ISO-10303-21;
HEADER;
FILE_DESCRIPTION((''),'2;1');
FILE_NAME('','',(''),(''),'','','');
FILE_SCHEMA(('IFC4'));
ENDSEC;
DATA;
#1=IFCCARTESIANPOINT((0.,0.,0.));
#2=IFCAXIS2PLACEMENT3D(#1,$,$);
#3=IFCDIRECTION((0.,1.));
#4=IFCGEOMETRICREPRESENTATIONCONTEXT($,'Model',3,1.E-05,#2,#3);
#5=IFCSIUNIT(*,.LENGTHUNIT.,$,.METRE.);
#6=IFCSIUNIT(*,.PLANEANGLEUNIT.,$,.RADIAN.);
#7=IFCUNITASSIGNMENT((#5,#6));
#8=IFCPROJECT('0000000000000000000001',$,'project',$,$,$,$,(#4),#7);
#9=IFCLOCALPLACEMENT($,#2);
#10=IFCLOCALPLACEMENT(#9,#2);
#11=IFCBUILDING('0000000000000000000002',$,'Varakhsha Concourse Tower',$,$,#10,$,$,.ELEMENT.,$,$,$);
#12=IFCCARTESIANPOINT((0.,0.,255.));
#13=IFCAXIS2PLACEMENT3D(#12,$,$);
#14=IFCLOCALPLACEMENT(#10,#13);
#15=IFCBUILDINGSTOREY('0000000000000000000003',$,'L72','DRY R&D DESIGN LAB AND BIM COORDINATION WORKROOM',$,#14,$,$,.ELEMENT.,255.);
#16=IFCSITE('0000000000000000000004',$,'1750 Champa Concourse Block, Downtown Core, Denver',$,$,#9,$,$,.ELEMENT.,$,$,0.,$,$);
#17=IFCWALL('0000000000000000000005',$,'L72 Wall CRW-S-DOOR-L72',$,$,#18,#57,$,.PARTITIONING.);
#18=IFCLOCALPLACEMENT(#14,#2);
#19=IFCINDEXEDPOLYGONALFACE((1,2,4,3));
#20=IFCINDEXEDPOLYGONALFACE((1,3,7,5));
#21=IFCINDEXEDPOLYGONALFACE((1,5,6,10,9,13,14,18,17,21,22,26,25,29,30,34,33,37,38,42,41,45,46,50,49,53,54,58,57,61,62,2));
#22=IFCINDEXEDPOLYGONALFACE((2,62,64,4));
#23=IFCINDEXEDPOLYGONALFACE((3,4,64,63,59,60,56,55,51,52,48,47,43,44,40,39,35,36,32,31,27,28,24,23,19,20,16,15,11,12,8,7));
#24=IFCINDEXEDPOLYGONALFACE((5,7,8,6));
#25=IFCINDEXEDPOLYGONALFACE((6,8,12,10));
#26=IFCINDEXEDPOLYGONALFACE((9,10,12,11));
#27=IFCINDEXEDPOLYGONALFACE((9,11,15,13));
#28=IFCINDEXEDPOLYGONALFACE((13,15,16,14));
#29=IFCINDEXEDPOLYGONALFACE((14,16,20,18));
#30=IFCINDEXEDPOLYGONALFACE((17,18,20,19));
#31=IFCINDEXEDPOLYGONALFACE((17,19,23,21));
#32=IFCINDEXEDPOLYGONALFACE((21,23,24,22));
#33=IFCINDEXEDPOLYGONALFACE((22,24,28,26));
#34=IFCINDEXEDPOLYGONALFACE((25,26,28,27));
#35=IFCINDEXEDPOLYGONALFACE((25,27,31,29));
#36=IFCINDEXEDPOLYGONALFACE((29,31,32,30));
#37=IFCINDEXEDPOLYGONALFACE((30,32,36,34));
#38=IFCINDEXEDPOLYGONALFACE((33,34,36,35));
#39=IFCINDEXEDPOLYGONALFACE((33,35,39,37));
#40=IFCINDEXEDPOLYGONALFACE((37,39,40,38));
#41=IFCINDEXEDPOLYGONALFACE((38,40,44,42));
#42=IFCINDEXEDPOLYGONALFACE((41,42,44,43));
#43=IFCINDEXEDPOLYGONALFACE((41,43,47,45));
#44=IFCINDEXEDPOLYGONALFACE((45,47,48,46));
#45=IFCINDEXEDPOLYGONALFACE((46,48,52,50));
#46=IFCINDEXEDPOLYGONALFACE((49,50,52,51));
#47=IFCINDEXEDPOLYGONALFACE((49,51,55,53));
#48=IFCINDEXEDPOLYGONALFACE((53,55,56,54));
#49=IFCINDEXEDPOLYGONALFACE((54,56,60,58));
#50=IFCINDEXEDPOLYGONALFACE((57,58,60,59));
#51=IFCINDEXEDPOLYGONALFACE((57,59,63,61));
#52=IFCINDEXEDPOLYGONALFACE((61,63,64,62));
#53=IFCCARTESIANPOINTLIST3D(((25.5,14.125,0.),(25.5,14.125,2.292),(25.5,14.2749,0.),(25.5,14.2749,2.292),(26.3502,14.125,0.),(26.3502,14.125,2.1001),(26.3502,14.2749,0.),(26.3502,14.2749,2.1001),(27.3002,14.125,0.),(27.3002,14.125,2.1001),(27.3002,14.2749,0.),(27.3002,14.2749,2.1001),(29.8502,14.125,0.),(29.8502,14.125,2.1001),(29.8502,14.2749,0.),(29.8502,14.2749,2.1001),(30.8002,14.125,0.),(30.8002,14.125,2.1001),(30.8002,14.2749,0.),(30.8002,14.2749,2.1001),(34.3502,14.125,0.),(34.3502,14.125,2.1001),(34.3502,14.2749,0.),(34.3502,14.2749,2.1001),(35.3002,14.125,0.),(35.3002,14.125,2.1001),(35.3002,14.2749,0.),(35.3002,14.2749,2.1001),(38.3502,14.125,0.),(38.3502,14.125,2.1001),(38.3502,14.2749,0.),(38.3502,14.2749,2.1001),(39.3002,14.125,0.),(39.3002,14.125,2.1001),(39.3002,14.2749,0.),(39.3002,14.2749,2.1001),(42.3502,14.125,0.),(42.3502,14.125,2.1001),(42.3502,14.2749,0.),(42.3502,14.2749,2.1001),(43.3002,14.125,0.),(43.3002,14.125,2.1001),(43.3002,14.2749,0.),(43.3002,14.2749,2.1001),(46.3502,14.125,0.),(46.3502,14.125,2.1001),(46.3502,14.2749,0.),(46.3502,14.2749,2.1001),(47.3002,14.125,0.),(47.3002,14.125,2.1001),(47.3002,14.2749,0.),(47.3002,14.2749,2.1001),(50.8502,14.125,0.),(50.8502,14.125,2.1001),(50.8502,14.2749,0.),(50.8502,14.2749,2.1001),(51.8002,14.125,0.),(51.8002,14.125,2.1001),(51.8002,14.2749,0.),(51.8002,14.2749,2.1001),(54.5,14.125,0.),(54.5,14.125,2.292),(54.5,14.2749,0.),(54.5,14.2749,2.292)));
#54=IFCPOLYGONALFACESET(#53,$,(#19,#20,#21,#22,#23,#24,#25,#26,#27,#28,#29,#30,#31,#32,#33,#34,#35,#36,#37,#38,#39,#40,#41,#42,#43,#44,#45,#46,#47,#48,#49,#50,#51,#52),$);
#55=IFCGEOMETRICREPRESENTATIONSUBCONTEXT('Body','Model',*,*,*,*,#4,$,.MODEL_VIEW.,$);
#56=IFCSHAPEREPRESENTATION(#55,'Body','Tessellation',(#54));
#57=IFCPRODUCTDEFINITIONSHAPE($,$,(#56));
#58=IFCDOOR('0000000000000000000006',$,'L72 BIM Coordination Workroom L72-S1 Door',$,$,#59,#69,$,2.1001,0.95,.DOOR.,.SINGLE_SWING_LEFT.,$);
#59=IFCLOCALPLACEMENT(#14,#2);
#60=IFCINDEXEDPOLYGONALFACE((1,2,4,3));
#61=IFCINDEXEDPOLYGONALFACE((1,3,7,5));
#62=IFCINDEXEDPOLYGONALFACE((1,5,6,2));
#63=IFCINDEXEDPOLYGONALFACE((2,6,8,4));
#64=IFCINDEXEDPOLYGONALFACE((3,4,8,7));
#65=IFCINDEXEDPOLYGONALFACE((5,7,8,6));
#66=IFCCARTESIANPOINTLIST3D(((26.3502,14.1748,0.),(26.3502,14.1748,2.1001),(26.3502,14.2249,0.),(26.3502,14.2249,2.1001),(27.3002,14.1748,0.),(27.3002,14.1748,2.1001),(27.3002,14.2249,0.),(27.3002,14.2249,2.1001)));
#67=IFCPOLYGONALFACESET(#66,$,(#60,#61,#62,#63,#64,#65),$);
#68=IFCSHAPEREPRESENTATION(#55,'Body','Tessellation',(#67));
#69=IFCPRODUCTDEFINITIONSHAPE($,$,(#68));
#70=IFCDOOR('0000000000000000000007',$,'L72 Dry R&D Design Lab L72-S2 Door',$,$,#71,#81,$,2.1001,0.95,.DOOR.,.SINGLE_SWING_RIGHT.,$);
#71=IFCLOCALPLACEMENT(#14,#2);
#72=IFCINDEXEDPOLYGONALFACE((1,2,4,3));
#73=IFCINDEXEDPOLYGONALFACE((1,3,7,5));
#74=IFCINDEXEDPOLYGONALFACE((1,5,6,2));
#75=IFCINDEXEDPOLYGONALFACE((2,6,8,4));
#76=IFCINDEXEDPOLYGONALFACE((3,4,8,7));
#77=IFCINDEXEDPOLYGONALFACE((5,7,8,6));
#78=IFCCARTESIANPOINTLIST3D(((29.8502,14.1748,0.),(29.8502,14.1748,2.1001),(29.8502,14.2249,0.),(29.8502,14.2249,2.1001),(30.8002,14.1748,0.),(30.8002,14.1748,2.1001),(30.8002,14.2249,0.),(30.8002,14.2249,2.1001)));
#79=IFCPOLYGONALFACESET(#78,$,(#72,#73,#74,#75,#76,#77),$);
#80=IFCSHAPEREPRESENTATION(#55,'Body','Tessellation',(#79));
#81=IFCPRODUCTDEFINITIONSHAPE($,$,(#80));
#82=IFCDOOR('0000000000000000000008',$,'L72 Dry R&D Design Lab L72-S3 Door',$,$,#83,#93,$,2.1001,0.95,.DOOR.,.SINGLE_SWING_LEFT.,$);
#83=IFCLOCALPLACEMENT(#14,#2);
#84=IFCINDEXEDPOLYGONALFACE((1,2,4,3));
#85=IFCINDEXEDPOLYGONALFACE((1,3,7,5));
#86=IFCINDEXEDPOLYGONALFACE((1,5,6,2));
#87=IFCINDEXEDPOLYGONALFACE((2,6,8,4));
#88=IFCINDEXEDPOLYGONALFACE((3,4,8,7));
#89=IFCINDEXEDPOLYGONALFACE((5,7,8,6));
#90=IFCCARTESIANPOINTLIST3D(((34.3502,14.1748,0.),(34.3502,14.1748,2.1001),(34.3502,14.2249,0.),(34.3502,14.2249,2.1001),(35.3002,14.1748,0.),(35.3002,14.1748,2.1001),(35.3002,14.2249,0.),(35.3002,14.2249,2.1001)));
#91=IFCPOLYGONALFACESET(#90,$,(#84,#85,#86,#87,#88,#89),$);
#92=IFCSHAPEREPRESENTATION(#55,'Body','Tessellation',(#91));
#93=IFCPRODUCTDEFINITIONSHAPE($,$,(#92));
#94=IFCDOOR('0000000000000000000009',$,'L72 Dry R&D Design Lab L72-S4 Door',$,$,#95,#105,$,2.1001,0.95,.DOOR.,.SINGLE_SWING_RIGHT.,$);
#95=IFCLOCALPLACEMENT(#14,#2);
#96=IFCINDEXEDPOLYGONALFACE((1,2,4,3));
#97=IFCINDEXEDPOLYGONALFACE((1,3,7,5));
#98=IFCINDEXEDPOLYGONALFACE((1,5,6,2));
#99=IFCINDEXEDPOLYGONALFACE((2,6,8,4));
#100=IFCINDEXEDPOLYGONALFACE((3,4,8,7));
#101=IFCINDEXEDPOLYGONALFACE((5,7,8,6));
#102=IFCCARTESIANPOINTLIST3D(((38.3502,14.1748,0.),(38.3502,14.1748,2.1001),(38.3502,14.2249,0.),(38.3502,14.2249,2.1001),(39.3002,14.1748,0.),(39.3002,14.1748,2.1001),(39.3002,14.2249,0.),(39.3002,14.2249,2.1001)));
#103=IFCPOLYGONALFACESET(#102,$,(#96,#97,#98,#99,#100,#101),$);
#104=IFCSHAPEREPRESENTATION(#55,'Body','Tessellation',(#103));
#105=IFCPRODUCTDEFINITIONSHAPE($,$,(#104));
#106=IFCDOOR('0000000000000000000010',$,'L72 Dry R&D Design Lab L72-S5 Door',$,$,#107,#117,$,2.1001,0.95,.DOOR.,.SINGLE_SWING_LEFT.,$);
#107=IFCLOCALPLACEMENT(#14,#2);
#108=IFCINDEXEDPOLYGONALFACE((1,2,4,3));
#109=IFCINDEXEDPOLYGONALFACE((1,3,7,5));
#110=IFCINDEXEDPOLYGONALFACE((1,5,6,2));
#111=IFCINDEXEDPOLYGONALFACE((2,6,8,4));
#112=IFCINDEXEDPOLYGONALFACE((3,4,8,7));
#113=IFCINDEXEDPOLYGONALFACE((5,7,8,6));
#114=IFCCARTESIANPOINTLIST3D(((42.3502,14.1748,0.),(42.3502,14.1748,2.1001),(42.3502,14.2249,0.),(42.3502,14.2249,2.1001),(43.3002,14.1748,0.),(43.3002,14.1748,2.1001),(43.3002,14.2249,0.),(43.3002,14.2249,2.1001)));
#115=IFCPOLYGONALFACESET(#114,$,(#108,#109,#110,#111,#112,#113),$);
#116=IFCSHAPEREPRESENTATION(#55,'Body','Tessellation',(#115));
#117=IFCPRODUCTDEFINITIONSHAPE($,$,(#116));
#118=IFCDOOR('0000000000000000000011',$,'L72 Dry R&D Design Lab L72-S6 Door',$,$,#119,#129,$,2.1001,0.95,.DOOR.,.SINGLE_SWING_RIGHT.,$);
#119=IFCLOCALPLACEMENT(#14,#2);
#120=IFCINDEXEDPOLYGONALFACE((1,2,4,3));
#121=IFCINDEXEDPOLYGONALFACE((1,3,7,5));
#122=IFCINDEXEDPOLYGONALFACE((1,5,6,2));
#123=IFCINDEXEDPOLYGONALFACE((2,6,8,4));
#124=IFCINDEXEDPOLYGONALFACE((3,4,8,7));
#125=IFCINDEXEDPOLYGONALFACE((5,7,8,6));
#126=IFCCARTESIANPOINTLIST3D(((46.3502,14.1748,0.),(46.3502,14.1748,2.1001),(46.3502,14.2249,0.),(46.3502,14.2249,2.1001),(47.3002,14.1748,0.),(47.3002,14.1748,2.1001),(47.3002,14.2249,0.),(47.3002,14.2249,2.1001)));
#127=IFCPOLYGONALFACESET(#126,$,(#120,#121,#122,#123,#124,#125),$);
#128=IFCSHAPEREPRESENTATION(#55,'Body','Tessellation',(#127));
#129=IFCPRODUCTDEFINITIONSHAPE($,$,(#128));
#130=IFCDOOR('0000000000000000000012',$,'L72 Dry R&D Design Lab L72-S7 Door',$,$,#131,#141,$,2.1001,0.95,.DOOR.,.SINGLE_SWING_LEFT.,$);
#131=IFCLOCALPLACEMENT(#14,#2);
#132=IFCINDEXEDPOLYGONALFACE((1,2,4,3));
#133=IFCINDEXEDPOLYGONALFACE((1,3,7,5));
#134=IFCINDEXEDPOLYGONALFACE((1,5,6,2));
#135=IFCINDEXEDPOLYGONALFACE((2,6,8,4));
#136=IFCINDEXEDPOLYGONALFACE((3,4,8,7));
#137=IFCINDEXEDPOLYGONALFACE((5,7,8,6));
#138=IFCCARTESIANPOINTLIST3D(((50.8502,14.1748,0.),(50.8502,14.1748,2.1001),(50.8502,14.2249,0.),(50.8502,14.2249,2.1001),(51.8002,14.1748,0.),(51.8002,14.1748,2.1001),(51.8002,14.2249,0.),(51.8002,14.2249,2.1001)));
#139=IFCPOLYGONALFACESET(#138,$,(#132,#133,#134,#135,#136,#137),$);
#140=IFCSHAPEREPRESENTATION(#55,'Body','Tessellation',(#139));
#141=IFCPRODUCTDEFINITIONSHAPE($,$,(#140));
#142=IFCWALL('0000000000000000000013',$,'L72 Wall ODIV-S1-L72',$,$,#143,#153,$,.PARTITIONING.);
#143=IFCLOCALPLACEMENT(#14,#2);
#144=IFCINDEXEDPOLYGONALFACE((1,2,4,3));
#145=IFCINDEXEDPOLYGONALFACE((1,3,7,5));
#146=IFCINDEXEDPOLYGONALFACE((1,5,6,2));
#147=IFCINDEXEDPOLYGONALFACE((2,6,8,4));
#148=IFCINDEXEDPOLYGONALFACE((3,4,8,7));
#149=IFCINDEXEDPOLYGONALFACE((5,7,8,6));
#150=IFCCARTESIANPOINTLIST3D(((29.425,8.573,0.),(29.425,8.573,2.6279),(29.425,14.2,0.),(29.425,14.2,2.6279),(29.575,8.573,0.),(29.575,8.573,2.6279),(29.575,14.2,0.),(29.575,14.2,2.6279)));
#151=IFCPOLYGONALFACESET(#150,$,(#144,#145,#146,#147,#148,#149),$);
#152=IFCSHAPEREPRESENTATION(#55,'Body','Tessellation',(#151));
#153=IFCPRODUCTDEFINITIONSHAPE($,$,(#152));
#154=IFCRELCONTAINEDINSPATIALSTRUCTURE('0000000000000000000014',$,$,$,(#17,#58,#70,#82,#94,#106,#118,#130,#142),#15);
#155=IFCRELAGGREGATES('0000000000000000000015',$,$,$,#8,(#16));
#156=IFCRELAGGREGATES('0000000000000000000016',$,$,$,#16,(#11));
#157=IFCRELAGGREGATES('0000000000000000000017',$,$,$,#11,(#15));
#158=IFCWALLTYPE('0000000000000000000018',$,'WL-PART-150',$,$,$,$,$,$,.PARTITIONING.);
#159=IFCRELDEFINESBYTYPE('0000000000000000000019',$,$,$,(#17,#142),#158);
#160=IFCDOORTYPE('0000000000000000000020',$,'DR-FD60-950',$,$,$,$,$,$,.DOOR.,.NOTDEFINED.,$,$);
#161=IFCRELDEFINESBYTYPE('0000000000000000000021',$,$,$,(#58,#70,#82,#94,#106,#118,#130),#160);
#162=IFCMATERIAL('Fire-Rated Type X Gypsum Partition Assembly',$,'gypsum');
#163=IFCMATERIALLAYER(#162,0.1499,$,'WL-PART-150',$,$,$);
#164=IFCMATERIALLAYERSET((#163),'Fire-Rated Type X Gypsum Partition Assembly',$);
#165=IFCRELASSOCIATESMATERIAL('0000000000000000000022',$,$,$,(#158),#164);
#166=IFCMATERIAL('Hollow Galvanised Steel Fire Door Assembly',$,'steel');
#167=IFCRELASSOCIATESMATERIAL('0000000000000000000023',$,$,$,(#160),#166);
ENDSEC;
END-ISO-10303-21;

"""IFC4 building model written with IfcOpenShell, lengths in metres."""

from ifc_helpers import new_model, si_unit, direction, frame, frame_2d, origin, place, context, subcontext, project, spatial, rectangle, extrude, material, layer, layer_set, type_object, element, fill, save


model = new_model("IFC4")

# Units and contexts
model_context = context("Model", 3, precision=1e-05, world=origin(), true_north=direction((0.0, 1.0)))
body_context = subcontext(model_context, "Body", "Model", "MODEL_VIEW")
ifc_project = project(units=[si_unit("LENGTHUNIT", "METRE"), si_unit("PLANEANGLEUNIT", "RADIAN")], contexts=[model_context])

# Site, building, storey
site_placement = place(None, origin())
site = spatial("IfcSite", under=ifc_project, at=site_placement, Name="1750 Champa Concourse Block, Downtown Core, Denver", CompositionType="ELEMENT", RefElevation=0.0)
building_placement = place(site_placement, origin())
building = spatial("IfcBuilding", under=site, at=building_placement, Name="Varakhsha Concourse Tower", CompositionType="ELEMENT")
storey_placement = place(building_placement, frame((0.0, 0.0, 255.0)))
storey = spatial("IfcBuildingStorey", under=building, at=storey_placement, Name="L72", Description="DRY R&D DESIGN LAB AND BIM COORDINATION WORKROOM", CompositionType="ELEMENT", Elevation=255.0)

# Wall, openings, doors
ifc_material_1 = material(Name="Fire-Rated Type X Gypsum Partition Assembly", Category="gypsum")
ifc_layer_1 = layer(ifc_material_1, 0.1499, Name="WL-PART-150")
ifc_layer_set_1 = layer_set([ifc_layer_1], Name="Fire-Rated Type X Gypsum Partition Assembly")
wall_type = type_object("IfcWallType", Name="WL-PART-150", PredefinedType="PARTITIONING", material=ifc_layer_set_1)
ifc_material_2 = material(Name="Hollow Galvanised Steel Fire Door Assembly", Category="steel")
door_type = type_object("IfcDoorType", Name="DR-FD60-950", OperationType="NOTDEFINED", PredefinedType="DOOR", material=ifc_material_2)
wall_1_placement = place(storey_placement, frame((25.5, 14.2, 0.0), z_axis=(0.0, 0.0, 1.0), x_axis=(1.0, 0.0, 0.0)))
wall_1 = element("IfcWall", 1, at=wall_1_placement, inside=storey, type_object=wall_type, Name="L72 Wall CRW-S-DOOR-L72", PredefinedType="PARTITIONING", context=body_context, shape_type="SweptSolid", body=[
    extrude(rectangle(XDim=29.0, YDim=0.1499, at=frame_2d((14.5, 0.0))), origin(), (0.0, 0.0, 1.0), 2.292),
])
opening_1_placement = place(wall_1_placement, frame((0.8501, 0.0, 0.0)))
opening_1 = element("IfcOpeningElement", 2, at=opening_1_placement, cuts=wall_1, PredefinedType="OPENING", context=body_context, shape_type="SweptSolid", body=[
    extrude(rectangle(XDim=0.95, YDim=2.1001, at=frame_2d((0.4751, 1.05))), frame((0.0, 0.085, 0.0), z_axis=(0.0, -1.0, 0.0), x_axis=(1.0, 0.0, 0.0)), (0.0, 0.0, 1.0), 0.1699),
])
opening_2_placement = place(wall_1_placement, frame((4.3501, 0.0, 0.0)))
opening_2 = element("IfcOpeningElement", 3, at=opening_2_placement, cuts=wall_1, PredefinedType="OPENING", context=body_context, shape_type="SweptSolid", body=[
    extrude(rectangle(XDim=0.95, YDim=2.1001, at=frame_2d((0.4751, 1.05))), frame((0.0, 0.085, 0.0), z_axis=(0.0, -1.0, 0.0), x_axis=(1.0, 0.0, 0.0)), (0.0, 0.0, 1.0), 0.1699),
])
opening_3_placement = place(wall_1_placement, frame((8.8501, 0.0, 0.0)))
opening_3 = element("IfcOpeningElement", 4, at=opening_3_placement, cuts=wall_1, PredefinedType="OPENING", context=body_context, shape_type="SweptSolid", body=[
    extrude(rectangle(XDim=0.95, YDim=2.1001, at=frame_2d((0.4751, 1.05))), frame((0.0, 0.085, 0.0), z_axis=(0.0, -1.0, 0.0), x_axis=(1.0, 0.0, 0.0)), (0.0, 0.0, 1.0), 0.1699),
])
opening_4_placement = place(wall_1_placement, frame((12.8501, 0.0, 0.0)))
opening_4 = element("IfcOpeningElement", 5, at=opening_4_placement, cuts=wall_1, PredefinedType="OPENING", context=body_context, shape_type="SweptSolid", body=[
    extrude(rectangle(XDim=0.95, YDim=2.1001, at=frame_2d((0.4751, 1.05))), frame((0.0, 0.085, 0.0), z_axis=(0.0, -1.0, 0.0), x_axis=(1.0, 0.0, 0.0)), (0.0, 0.0, 1.0), 0.1699),
])
opening_5_placement = place(wall_1_placement, frame((16.8501, 0.0, 0.0)))
opening_5 = element("IfcOpeningElement", 6, at=opening_5_placement, cuts=wall_1, PredefinedType="OPENING", context=body_context, shape_type="SweptSolid", body=[
    extrude(rectangle(XDim=0.95, YDim=2.1001, at=frame_2d((0.4751, 1.05))), frame((0.0, 0.085, 0.0), z_axis=(0.0, -1.0, 0.0), x_axis=(1.0, 0.0, 0.0)), (0.0, 0.0, 1.0), 0.1699),
])
opening_6_placement = place(wall_1_placement, frame((20.8501, 0.0, 0.0)))
opening_6 = element("IfcOpeningElement", 7, at=opening_6_placement, cuts=wall_1, PredefinedType="OPENING", context=body_context, shape_type="SweptSolid", body=[
    extrude(rectangle(XDim=0.95, YDim=2.1001, at=frame_2d((0.4751, 1.05))), frame((0.0, 0.085, 0.0), z_axis=(0.0, -1.0, 0.0), x_axis=(1.0, 0.0, 0.0)), (0.0, 0.0, 1.0), 0.1699),
])
opening_7_placement = place(wall_1_placement, frame((25.3501, 0.0, 0.0)))
opening_7 = element("IfcOpeningElement", 8, at=opening_7_placement, cuts=wall_1, PredefinedType="OPENING", context=body_context, shape_type="SweptSolid", body=[
    extrude(rectangle(XDim=0.95, YDim=2.1001, at=frame_2d((0.4751, 1.05))), frame((0.0, 0.085, 0.0), z_axis=(0.0, -1.0, 0.0), x_axis=(1.0, 0.0, 0.0)), (0.0, 0.0, 1.0), 0.1699),
])
door_1_placement = place(opening_1_placement, origin())
door_1 = element("IfcDoor", 9, at=door_1_placement, inside=storey, type_object=door_type, Name="L72 BIM Coordination Workroom L72-S1 Door", OperationType="SINGLE_SWING_LEFT", OverallHeight=2.1001, OverallWidth=0.95, PredefinedType="DOOR", context=body_context, shape_type="SweptSolid", body=[
    extrude(rectangle(XDim=0.95, YDim=2.1001, at=frame_2d((0.4751, 1.05))), frame((0.0, 0.0249, 0.0), z_axis=(0.0, -1.0, 0.0), x_axis=(1.0, 0.0, 0.0)), (0.0, 0.0, 1.0), 0.05),
])
fill(opening_1, door_1)
door_2_placement = place(opening_2_placement, origin())
door_2 = element("IfcDoor", 10, at=door_2_placement, inside=storey, type_object=door_type, Name="L72 Dry R&D Design Lab L72-S2 Door", OperationType="SINGLE_SWING_RIGHT", OverallHeight=2.1001, OverallWidth=0.95, PredefinedType="DOOR", context=body_context, shape_type="SweptSolid", body=[
    extrude(rectangle(XDim=0.95, YDim=2.1001, at=frame_2d((0.4751, 1.05))), frame((0.0, 0.0249, 0.0), z_axis=(0.0, -1.0, 0.0), x_axis=(1.0, 0.0, 0.0)), (0.0, 0.0, 1.0), 0.05),
])
fill(opening_2, door_2)
door_3_placement = place(opening_3_placement, origin())
door_3 = element("IfcDoor", 11, at=door_3_placement, inside=storey, type_object=door_type, Name="L72 Dry R&D Design Lab L72-S3 Door", OperationType="SINGLE_SWING_LEFT", OverallHeight=2.1001, OverallWidth=0.95, PredefinedType="DOOR", context=body_context, shape_type="SweptSolid", body=[
    extrude(rectangle(XDim=0.95, YDim=2.1001, at=frame_2d((0.4751, 1.05))), frame((0.0, 0.0249, 0.0), z_axis=(0.0, -1.0, 0.0), x_axis=(1.0, 0.0, 0.0)), (0.0, 0.0, 1.0), 0.05),
])
fill(opening_3, door_3)
door_4_placement = place(opening_4_placement, origin())
door_4 = element("IfcDoor", 12, at=door_4_placement, inside=storey, type_object=door_type, Name="L72 Dry R&D Design Lab L72-S4 Door", OperationType="SINGLE_SWING_RIGHT", OverallHeight=2.1001, OverallWidth=0.95, PredefinedType="DOOR", context=body_context, shape_type="SweptSolid", body=[
    extrude(rectangle(XDim=0.95, YDim=2.1001, at=frame_2d((0.4751, 1.05))), frame((0.0, 0.0249, 0.0), z_axis=(0.0, -1.0, 0.0), x_axis=(1.0, 0.0, 0.0)), (0.0, 0.0, 1.0), 0.05),
])
fill(opening_4, door_4)
door_5_placement = place(opening_5_placement, origin())
door_5 = element("IfcDoor", 13, at=door_5_placement, inside=storey, type_object=door_type, Name="L72 Dry R&D Design Lab L72-S5 Door", OperationType="SINGLE_SWING_LEFT", OverallHeight=2.1001, OverallWidth=0.95, PredefinedType="DOOR", context=body_context, shape_type="SweptSolid", body=[
    extrude(rectangle(XDim=0.95, YDim=2.1001, at=frame_2d((0.4751, 1.05))), frame((0.0, 0.0249, 0.0), z_axis=(0.0, -1.0, 0.0), x_axis=(1.0, 0.0, 0.0)), (0.0, 0.0, 1.0), 0.05),
])
fill(opening_5, door_5)
door_6_placement = place(opening_6_placement, origin())
door_6 = element("IfcDoor", 14, at=door_6_placement, inside=storey, type_object=door_type, Name="L72 Dry R&D Design Lab L72-S6 Door", OperationType="SINGLE_SWING_RIGHT", OverallHeight=2.1001, OverallWidth=0.95, PredefinedType="DOOR", context=body_context, shape_type="SweptSolid", body=[
    extrude(rectangle(XDim=0.95, YDim=2.1001, at=frame_2d((0.4751, 1.05))), frame((0.0, 0.0249, 0.0), z_axis=(0.0, -1.0, 0.0), x_axis=(1.0, 0.0, 0.0)), (0.0, 0.0, 1.0), 0.05),
])
fill(opening_6, door_6)
door_7_placement = place(opening_7_placement, origin())
door_7 = element("IfcDoor", 15, at=door_7_placement, inside=storey, type_object=door_type, Name="L72 Dry R&D Design Lab L72-S7 Door", OperationType="SINGLE_SWING_LEFT", OverallHeight=2.1001, OverallWidth=0.95, PredefinedType="DOOR", context=body_context, shape_type="SweptSolid", body=[
    extrude(rectangle(XDim=0.95, YDim=2.1001, at=frame_2d((0.4751, 1.05))), frame((0.0, 0.0249, 0.0), z_axis=(0.0, -1.0, 0.0), x_axis=(1.0, 0.0, 0.0)), (0.0, 0.0, 1.0), 0.05),
])
fill(opening_7, door_7)

# Wall
wall_2_placement = place(storey_placement, frame((29.5, 8.573, 0.0), z_axis=(0.0, 0.0, 1.0), x_axis=(0.0, 1.0, 0.0)))
element("IfcWall", 16, at=wall_2_placement, inside=storey, type_object=wall_type, Name="L72 Wall ODIV-S1-L72", PredefinedType="PARTITIONING", context=body_context, shape_type="SweptSolid", body=[
    extrude(rectangle(XDim=5.627, YDim=0.1499, at=frame_2d((2.8135, 0.0))), origin(), (0.0, 0.0, 1.0), 2.6279),
])

save(model, "model.ifc")
